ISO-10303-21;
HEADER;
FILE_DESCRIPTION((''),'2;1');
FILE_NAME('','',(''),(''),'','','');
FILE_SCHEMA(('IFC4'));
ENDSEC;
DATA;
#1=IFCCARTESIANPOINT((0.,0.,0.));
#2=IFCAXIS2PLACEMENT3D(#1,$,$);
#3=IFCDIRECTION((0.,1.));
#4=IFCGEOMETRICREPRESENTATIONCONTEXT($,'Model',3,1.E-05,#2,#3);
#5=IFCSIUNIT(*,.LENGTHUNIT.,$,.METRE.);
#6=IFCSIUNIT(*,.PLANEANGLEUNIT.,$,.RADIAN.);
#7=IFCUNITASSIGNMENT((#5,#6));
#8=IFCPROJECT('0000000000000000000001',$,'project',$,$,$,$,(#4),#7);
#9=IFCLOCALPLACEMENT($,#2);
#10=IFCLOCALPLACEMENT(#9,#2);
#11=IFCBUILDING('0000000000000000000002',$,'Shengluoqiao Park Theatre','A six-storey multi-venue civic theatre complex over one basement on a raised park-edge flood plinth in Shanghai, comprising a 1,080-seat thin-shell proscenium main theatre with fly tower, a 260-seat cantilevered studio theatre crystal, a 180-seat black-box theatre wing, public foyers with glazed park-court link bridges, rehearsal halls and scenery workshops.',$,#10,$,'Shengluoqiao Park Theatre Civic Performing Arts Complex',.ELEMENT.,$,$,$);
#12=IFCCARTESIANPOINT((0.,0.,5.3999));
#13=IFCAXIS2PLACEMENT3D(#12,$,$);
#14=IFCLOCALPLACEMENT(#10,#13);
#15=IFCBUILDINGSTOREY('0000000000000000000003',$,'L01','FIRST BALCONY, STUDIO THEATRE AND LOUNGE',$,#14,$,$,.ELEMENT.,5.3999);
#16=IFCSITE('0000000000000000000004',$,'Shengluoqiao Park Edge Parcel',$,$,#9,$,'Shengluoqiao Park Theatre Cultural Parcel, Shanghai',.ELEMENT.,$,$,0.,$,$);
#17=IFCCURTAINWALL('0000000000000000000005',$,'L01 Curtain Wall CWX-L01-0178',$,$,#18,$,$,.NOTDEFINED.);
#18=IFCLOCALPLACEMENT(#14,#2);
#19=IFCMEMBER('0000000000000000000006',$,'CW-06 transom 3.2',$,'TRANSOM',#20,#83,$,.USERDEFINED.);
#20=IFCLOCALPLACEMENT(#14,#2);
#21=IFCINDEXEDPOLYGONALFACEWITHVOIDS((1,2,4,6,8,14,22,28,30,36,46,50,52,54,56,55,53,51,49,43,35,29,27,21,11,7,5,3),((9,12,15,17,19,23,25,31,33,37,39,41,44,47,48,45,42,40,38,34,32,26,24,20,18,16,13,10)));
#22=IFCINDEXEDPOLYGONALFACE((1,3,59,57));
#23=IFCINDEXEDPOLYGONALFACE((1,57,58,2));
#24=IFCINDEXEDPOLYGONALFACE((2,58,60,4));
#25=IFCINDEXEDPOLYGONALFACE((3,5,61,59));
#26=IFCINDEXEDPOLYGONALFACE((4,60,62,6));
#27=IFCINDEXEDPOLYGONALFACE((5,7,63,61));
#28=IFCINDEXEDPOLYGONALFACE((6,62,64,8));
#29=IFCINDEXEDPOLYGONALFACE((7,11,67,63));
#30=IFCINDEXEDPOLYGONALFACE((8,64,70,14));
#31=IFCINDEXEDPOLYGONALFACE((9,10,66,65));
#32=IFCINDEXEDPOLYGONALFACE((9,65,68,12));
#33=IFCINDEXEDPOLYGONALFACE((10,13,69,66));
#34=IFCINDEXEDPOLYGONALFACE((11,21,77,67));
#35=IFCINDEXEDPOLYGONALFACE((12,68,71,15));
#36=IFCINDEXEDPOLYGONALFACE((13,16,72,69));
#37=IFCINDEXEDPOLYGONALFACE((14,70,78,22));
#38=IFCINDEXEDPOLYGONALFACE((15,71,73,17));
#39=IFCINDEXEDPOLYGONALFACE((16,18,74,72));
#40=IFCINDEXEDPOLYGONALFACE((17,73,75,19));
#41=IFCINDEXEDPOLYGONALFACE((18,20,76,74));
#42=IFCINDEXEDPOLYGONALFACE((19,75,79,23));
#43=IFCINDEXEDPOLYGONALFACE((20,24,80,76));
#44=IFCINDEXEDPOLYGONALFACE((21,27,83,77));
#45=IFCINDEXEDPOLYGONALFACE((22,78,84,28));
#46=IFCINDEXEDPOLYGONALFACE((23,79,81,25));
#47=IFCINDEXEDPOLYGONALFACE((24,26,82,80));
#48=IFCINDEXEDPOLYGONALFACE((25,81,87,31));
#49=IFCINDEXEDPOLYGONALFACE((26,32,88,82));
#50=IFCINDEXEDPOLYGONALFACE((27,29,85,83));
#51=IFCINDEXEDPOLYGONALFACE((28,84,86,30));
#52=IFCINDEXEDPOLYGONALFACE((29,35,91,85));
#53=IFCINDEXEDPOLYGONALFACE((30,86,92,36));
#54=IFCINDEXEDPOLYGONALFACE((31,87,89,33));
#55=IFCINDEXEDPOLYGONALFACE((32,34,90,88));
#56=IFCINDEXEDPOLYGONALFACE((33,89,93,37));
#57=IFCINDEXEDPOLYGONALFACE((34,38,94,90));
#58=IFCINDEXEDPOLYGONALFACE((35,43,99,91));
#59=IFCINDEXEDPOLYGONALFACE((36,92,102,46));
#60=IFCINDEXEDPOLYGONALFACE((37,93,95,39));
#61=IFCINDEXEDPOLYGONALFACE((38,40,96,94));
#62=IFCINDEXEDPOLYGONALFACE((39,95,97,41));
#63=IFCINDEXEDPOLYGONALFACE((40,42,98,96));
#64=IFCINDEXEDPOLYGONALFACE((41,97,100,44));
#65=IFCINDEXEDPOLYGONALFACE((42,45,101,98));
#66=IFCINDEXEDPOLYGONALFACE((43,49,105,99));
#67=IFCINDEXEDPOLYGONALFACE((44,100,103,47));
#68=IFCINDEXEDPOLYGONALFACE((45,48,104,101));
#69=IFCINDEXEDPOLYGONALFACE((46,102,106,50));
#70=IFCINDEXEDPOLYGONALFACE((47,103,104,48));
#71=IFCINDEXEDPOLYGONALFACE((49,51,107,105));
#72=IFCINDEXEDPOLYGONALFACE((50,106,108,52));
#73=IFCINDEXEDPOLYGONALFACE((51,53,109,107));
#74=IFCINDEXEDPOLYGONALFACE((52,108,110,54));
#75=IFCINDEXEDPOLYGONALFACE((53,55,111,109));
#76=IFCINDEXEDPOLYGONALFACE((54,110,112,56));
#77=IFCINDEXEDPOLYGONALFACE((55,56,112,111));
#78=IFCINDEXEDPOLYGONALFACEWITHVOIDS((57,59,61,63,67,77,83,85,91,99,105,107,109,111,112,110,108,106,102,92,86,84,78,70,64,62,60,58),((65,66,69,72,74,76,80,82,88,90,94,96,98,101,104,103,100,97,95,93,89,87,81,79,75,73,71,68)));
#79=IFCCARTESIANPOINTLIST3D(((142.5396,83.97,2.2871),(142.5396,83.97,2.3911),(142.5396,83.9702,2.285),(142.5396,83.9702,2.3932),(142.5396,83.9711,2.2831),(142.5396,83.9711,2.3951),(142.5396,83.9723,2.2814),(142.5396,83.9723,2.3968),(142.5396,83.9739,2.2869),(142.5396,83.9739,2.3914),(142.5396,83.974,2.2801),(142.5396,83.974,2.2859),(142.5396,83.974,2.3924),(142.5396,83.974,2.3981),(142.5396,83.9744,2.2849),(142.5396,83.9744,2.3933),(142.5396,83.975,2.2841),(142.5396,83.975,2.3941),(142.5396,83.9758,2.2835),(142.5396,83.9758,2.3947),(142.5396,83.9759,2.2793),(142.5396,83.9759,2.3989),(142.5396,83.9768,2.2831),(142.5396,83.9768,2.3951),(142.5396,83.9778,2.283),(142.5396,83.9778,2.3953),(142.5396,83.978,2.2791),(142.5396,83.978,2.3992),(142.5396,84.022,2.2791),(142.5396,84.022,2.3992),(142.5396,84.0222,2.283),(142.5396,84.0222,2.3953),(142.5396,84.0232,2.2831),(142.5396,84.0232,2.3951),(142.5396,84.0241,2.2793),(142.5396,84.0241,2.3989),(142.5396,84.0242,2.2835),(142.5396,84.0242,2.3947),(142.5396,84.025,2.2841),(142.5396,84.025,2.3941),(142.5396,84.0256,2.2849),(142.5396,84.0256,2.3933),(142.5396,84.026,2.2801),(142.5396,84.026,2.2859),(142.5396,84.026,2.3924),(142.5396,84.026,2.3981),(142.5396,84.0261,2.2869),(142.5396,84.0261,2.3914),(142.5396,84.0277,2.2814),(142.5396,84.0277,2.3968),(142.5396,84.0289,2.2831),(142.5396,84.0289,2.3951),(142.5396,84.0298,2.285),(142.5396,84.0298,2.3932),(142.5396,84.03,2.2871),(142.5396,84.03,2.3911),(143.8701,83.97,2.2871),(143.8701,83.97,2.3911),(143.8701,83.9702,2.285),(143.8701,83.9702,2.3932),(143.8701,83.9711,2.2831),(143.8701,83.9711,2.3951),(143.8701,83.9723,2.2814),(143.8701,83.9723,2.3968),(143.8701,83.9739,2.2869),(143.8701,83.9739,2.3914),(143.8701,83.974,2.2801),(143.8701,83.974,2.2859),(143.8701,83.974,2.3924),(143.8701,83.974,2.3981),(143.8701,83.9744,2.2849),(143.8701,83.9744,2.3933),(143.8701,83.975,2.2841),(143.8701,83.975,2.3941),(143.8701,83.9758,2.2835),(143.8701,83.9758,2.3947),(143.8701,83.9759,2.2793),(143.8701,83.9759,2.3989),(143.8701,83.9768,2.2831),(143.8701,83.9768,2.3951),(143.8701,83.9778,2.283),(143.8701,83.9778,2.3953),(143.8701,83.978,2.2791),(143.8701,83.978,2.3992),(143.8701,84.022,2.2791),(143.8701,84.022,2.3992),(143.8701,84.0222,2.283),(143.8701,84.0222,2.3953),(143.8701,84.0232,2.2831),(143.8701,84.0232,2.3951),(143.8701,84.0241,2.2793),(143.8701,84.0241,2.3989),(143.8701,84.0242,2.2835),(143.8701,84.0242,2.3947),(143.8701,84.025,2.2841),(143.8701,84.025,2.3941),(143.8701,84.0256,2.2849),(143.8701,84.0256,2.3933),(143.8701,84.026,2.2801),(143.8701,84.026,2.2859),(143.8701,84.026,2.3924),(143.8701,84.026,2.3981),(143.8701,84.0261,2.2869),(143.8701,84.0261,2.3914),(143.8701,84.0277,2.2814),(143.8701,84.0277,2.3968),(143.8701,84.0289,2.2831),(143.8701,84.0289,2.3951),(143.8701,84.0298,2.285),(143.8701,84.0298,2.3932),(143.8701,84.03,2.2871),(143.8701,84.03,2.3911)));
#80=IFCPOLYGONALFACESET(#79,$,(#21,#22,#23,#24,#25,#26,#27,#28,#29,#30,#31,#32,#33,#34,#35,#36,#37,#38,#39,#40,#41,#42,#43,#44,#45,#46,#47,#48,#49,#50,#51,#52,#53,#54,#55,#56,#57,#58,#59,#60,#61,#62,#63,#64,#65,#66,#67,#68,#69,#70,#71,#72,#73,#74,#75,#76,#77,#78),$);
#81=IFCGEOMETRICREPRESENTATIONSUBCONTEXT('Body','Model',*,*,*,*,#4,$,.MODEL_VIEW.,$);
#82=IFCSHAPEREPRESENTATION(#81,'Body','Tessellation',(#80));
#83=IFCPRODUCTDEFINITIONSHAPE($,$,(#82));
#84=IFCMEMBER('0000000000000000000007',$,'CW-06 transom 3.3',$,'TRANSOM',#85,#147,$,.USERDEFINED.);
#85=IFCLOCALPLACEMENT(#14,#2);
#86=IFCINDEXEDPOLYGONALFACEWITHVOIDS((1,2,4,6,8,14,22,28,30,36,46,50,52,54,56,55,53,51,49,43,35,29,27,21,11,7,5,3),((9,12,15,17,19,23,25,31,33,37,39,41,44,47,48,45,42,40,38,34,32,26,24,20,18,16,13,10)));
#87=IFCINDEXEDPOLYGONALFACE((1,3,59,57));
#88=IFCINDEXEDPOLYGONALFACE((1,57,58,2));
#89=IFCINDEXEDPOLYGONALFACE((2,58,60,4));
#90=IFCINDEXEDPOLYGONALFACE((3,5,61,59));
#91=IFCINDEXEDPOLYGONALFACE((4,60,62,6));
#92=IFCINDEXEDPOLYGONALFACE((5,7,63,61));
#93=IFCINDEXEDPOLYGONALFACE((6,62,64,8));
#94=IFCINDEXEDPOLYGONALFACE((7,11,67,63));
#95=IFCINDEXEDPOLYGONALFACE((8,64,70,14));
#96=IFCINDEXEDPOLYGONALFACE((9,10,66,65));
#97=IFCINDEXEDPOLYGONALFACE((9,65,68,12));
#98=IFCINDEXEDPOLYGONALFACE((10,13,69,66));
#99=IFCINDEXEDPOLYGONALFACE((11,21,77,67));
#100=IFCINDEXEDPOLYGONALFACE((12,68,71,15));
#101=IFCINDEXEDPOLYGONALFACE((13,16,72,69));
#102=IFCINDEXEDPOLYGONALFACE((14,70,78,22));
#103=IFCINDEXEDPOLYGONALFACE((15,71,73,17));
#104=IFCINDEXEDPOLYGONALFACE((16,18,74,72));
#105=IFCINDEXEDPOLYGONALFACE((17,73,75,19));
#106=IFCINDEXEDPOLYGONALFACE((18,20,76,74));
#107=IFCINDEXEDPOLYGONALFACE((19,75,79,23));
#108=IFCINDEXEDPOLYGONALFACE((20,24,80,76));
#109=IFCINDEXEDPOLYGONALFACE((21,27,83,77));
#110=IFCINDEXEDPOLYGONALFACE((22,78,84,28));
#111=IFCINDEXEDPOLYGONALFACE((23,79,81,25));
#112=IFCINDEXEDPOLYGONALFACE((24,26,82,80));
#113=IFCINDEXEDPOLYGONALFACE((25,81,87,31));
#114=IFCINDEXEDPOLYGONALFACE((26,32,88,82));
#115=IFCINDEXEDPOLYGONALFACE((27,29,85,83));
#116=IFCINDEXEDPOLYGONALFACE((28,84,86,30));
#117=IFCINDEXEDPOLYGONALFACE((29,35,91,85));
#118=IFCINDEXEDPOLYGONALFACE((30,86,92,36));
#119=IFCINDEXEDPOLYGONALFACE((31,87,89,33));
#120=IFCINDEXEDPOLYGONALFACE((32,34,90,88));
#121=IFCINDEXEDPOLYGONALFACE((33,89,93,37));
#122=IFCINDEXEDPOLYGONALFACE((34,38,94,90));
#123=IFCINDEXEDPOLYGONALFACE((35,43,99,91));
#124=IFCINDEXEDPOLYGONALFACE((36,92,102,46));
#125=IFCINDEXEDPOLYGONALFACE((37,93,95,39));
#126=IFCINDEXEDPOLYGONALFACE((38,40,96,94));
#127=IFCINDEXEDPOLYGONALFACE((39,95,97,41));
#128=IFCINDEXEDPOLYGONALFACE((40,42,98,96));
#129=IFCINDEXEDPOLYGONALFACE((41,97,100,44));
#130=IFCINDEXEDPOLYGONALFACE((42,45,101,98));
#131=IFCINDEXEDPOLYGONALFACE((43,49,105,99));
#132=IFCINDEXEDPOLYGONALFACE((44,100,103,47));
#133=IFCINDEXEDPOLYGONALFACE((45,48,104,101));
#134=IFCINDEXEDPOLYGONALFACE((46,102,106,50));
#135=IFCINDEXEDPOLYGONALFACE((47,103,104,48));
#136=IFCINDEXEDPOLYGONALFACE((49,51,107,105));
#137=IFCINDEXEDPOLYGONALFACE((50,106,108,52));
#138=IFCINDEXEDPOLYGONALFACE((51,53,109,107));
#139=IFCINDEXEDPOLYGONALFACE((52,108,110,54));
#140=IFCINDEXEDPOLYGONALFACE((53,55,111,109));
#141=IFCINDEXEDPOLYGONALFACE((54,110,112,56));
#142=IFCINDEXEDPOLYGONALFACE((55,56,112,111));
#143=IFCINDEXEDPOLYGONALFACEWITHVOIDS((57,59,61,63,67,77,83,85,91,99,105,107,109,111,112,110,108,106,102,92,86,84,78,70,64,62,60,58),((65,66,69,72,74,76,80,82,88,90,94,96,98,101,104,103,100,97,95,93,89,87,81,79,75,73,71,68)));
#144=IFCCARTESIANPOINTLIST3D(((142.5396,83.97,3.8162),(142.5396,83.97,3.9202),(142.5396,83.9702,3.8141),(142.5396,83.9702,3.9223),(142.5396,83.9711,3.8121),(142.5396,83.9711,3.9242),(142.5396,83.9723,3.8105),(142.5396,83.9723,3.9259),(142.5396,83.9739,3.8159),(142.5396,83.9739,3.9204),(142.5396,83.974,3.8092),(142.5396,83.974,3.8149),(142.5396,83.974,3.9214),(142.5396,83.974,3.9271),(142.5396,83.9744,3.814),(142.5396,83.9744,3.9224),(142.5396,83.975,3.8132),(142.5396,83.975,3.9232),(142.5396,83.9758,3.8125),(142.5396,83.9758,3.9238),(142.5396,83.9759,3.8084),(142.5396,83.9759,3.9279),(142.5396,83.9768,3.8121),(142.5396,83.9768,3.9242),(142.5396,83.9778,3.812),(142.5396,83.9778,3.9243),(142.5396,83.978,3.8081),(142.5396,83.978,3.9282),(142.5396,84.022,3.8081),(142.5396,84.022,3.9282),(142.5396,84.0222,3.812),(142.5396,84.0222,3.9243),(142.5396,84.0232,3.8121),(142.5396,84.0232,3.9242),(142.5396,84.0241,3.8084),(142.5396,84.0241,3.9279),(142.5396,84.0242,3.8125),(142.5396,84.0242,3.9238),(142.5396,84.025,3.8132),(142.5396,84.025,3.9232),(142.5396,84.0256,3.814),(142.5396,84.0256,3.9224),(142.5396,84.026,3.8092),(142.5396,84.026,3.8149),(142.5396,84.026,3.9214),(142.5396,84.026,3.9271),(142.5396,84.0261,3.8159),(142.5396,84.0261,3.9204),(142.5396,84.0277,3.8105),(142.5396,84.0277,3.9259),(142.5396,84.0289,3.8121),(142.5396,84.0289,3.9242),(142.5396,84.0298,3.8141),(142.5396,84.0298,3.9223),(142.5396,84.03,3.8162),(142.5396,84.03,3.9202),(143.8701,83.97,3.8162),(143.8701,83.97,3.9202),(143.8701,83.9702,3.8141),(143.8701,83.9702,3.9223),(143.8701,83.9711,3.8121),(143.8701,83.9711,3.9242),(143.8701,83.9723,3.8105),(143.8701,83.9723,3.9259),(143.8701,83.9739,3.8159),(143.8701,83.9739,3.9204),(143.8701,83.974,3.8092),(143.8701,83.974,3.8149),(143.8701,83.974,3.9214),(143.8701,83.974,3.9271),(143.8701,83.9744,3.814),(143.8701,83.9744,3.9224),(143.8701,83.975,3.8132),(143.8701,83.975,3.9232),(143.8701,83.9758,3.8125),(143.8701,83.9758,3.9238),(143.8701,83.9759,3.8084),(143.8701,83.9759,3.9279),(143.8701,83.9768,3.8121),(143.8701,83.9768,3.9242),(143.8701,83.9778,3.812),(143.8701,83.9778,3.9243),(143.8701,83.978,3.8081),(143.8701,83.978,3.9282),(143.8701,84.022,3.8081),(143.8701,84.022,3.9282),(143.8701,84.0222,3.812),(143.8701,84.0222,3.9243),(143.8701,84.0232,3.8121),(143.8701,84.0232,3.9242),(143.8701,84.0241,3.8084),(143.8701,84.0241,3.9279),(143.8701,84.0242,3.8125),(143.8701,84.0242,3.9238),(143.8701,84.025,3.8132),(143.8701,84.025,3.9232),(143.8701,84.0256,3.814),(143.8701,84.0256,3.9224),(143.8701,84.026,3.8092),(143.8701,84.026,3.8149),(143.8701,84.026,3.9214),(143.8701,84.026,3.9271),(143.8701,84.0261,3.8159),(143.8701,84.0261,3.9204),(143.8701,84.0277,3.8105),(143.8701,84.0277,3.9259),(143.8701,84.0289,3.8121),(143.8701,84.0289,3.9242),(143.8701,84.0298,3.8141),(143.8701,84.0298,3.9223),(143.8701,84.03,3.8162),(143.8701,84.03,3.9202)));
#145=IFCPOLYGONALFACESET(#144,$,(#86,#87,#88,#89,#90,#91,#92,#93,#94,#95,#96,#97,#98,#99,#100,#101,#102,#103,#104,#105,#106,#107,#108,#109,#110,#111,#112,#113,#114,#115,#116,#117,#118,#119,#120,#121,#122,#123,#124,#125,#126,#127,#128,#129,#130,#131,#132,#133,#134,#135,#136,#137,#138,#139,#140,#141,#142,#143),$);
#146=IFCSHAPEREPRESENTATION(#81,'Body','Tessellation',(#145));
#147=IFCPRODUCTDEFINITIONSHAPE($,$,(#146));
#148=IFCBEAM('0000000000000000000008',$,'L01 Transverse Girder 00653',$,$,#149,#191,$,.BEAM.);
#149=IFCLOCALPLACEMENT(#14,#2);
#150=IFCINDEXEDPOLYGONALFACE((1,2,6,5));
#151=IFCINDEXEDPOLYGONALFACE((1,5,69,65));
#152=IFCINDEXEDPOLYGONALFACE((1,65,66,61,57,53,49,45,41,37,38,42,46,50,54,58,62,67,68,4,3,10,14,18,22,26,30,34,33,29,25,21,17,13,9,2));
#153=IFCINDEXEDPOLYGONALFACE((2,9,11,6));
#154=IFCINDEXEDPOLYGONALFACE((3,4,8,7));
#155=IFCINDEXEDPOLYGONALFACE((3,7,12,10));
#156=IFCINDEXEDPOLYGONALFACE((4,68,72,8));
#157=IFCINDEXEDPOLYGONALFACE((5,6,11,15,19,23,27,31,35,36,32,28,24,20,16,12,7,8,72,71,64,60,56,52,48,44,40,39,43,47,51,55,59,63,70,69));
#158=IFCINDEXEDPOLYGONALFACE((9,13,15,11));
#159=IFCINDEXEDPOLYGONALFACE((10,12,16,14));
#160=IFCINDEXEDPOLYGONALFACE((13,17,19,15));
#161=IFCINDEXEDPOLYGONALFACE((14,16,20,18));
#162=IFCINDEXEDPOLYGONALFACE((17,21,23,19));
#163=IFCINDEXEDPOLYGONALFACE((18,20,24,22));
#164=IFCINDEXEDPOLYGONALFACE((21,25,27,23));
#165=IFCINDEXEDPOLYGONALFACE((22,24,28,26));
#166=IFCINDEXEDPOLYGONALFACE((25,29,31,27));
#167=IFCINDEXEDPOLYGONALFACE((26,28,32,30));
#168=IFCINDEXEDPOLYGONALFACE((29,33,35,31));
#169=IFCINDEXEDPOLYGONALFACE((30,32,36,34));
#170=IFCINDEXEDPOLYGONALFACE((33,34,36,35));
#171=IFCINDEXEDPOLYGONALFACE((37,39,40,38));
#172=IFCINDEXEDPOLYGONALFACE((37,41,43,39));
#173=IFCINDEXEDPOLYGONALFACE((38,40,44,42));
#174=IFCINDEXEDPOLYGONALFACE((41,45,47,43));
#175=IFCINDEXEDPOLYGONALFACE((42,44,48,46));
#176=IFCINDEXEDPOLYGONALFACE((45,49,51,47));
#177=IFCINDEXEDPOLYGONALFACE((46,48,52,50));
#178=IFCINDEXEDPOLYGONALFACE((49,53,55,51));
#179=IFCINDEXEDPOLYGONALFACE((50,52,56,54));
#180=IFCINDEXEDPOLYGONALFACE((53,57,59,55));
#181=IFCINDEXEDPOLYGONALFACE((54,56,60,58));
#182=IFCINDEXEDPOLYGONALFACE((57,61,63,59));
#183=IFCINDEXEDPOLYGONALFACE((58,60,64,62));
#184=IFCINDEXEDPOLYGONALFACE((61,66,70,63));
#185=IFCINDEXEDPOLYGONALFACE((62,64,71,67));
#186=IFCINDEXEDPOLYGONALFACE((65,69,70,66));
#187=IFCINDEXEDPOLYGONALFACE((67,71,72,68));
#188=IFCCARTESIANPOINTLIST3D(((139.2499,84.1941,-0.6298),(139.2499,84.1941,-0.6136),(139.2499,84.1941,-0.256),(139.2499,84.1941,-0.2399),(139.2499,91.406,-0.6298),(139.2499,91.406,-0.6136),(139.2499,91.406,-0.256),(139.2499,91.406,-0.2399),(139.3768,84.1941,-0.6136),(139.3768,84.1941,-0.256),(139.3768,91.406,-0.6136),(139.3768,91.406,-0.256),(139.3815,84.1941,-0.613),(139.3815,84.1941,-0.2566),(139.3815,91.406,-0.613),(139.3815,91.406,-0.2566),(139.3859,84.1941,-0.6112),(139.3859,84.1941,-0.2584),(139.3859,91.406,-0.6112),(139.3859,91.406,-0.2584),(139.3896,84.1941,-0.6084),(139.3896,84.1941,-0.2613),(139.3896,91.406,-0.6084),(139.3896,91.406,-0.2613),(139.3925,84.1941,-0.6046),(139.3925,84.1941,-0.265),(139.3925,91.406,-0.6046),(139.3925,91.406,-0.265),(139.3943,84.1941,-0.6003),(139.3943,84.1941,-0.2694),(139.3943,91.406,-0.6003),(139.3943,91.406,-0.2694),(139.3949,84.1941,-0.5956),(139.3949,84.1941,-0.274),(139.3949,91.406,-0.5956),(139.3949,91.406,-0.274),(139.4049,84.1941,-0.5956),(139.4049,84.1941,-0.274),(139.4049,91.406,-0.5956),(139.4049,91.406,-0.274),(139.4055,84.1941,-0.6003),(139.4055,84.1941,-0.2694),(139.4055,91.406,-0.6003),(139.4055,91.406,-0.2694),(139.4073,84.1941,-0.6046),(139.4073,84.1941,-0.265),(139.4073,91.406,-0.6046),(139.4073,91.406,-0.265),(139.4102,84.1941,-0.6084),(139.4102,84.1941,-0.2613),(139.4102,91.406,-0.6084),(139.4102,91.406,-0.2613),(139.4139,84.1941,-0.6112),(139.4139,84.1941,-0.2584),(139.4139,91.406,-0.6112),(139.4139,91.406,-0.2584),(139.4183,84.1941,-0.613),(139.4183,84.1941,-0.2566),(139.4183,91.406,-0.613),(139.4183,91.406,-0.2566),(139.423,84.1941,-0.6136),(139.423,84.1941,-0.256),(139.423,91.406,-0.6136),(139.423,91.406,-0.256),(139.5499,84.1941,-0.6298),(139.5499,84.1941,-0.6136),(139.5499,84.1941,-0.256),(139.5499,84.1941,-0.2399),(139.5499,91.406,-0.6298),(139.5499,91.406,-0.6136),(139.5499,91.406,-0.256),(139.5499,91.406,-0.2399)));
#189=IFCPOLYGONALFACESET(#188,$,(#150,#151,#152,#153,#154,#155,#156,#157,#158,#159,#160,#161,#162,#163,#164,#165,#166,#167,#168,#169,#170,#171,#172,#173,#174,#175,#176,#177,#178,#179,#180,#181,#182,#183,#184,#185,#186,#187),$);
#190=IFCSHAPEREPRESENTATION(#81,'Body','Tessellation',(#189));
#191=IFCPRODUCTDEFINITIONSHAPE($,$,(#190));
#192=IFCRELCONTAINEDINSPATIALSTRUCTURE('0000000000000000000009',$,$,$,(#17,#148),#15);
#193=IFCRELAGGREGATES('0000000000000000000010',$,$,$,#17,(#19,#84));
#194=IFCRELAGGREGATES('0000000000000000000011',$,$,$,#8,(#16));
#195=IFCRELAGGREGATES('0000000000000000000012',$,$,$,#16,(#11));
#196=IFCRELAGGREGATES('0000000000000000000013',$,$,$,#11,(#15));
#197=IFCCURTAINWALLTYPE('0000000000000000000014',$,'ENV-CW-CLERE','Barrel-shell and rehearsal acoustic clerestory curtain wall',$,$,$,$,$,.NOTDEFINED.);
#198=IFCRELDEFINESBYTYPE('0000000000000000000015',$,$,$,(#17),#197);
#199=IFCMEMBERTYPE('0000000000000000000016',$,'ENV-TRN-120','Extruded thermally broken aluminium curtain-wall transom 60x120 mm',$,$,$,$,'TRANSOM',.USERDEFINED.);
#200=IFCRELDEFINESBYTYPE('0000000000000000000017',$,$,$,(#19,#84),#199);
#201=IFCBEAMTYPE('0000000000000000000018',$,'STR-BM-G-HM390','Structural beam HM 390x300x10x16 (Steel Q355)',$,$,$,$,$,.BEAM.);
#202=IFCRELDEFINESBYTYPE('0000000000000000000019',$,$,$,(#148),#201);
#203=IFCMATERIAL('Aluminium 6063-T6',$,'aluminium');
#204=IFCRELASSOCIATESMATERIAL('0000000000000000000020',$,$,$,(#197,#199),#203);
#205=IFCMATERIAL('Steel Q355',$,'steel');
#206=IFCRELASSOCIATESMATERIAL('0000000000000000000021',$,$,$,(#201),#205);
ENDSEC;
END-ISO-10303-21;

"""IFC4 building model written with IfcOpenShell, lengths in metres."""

from ifc_helpers import new_model, si_unit, direction, frame, origin, origin_2d, place, context, subcontext, project, spatial, hollow_rectangle, i_section, extrude, material, material_profile, profile_set, type_object, element, aggregate, save


model = new_model("IFC4")

# Units and contexts
model_context = context("Model", 3, precision=1e-05, world=origin(), true_north=direction((0.0, 1.0)))
body_context = subcontext(model_context, "Body", "Model", "MODEL_VIEW")
ifc_project = project(units=[si_unit("LENGTHUNIT", "METRE"), si_unit("PLANEANGLEUNIT", "RADIAN")], contexts=[model_context])

# Site, building, storey
site_placement = place(None, origin())
site = spatial("IfcSite", under=ifc_project, at=site_placement, Name="Shengluoqiao Park Edge Parcel", LongName="Shengluoqiao Park Theatre Cultural Parcel, Shanghai", CompositionType="ELEMENT", RefElevation=0.0)
building_placement = place(site_placement, origin())
building = spatial("IfcBuilding", under=site, at=building_placement, Name="Shengluoqiao Park Theatre", Description="A six-storey multi-venue civic theatre complex over one basement on a raised park-edge flood plinth in Shanghai, comprising a 1,080-seat thin-shell proscenium main theatre with fly tower, a 260-seat cantilevered studio theatre crystal, a 180-seat black-box theatre wing, public foyers with glazed park-court link bridges, rehearsal halls and scenery workshops.", LongName="Shengluoqiao Park Theatre Civic Performing Arts Complex", CompositionType="ELEMENT")
storey_placement = place(building_placement, frame((0.0, 0.0, 5.3999)))
storey = spatial("IfcBuildingStorey", under=building, at=storey_placement, Name="L01", Description="FIRST BALCONY, STUDIO THEATRE AND LOUNGE", CompositionType="ELEMENT", Elevation=5.3999)

# Curtain wall, members
ifc_material_1 = material(Name="Aluminium 6063-T6", Category="aluminium")
curtain_wall_type = type_object("IfcCurtainWallType", Name="ENV-CW-CLERE", Description="Barrel-shell and rehearsal acoustic clerestory curtain wall", PredefinedType="NOTDEFINED", material=ifc_material_1)
curtain_wall_placement = place(storey_placement, origin())
curtain_wall = element("IfcCurtainWall", 1, at=curtain_wall_placement, inside=storey, type_object=curtain_wall_type, Name="L01 Curtain Wall CWX-L01-0178", PredefinedType="NOTDEFINED")
ifc_material_profile_1 = material_profile(ifc_material_1, hollow_rectangle(XDim=0.0601, YDim=0.1201, WallThickness=0.0039, InnerFilletRadius=0.0039, OuterFilletRadius=0.0081, at=origin_2d()), Name="ALU TRANSOM 120x60x4")
ifc_profile_set_1 = profile_set([ifc_material_profile_1], Name="Aluminium 6063-T6")
member_type_1 = type_object("IfcMemberType", Name="ENV-TRN-120", Description="Extruded thermally broken aluminium curtain-wall transom 60x120 mm", ElementType="TRANSOM", PredefinedType="USERDEFINED", material=ifc_profile_set_1)
member_1_placement = place(storey_placement, frame((142.5396, 84.0, 2.3391), z_axis=(1.0, 0.0, 0.0), x_axis=(0.0, 1.0, 0.0)))
member_1 = element("IfcMember", 2, at=member_1_placement, type_object=member_type_1, Name="CW-06 transom 3.2", ObjectType="TRANSOM", PredefinedType="USERDEFINED", context=body_context, shape_type="SweptSolid", body=[
    extrude(hollow_rectangle(XDim=0.0601, YDim=0.1201, WallThickness=0.0039, InnerFilletRadius=0.0039, OuterFilletRadius=0.0081, at=origin_2d()), origin(), (0.0, 0.0, 1.0), 1.3306),
])
member_2_placement = place(storey_placement, frame((142.5396, 84.0, 3.8682), z_axis=(1.0, 0.0, 0.0), x_axis=(0.0, 1.0, 0.0)))
member_2 = element("IfcMember", 3, at=member_2_placement, type_object=member_type_1, Name="CW-06 transom 3.3", ObjectType="TRANSOM", PredefinedType="USERDEFINED", context=body_context, shape_type="SweptSolid", body=[
    extrude(hollow_rectangle(XDim=0.0601, YDim=0.1201, WallThickness=0.0039, InnerFilletRadius=0.0039, OuterFilletRadius=0.0081, at=origin_2d()), origin(), (0.0, 0.0, 1.0), 1.3306),
])

# Beam
ifc_material_2 = material(Name="Steel Q355", Category="steel")
ifc_material_profile_2 = material_profile(ifc_material_2, i_section(OverallWidth=0.3, OverallDepth=0.3899, WebThickness=0.01, FlangeThickness=0.0161, FilletRadius=0.0181, at=origin_2d()), Name="HM 390x300x10x16")
ifc_profile_set_2 = profile_set([ifc_material_profile_2], Name="Steel Q355")
beam_type_1 = type_object("IfcBeamType", Name="STR-BM-G-HM390", Description="Structural beam HM 390x300x10x16 (Steel Q355)", PredefinedType="BEAM", material=ifc_profile_set_2)
beam_1_placement = place(storey_placement, frame((139.3999, 84.1941, -0.4348), z_axis=(0.0, 1.0, 0.0), x_axis=(-1.0, 0.0, 0.0)))
element("IfcBeam", 4, at=beam_1_placement, inside=storey, type_object=beam_type_1, Name="L01 Transverse Girder 00653", PredefinedType="BEAM", context=body_context, shape_type="SweptSolid", body=[
    extrude(i_section(OverallWidth=0.3, OverallDepth=0.3899, WebThickness=0.01, FlangeThickness=0.0161, FilletRadius=0.0181, at=origin_2d()), origin(), (0.0, 0.0, 1.0), 7.2119),
])

aggregate(curtain_wall, [member_1, member_2])

save(model, "model.ifc")
